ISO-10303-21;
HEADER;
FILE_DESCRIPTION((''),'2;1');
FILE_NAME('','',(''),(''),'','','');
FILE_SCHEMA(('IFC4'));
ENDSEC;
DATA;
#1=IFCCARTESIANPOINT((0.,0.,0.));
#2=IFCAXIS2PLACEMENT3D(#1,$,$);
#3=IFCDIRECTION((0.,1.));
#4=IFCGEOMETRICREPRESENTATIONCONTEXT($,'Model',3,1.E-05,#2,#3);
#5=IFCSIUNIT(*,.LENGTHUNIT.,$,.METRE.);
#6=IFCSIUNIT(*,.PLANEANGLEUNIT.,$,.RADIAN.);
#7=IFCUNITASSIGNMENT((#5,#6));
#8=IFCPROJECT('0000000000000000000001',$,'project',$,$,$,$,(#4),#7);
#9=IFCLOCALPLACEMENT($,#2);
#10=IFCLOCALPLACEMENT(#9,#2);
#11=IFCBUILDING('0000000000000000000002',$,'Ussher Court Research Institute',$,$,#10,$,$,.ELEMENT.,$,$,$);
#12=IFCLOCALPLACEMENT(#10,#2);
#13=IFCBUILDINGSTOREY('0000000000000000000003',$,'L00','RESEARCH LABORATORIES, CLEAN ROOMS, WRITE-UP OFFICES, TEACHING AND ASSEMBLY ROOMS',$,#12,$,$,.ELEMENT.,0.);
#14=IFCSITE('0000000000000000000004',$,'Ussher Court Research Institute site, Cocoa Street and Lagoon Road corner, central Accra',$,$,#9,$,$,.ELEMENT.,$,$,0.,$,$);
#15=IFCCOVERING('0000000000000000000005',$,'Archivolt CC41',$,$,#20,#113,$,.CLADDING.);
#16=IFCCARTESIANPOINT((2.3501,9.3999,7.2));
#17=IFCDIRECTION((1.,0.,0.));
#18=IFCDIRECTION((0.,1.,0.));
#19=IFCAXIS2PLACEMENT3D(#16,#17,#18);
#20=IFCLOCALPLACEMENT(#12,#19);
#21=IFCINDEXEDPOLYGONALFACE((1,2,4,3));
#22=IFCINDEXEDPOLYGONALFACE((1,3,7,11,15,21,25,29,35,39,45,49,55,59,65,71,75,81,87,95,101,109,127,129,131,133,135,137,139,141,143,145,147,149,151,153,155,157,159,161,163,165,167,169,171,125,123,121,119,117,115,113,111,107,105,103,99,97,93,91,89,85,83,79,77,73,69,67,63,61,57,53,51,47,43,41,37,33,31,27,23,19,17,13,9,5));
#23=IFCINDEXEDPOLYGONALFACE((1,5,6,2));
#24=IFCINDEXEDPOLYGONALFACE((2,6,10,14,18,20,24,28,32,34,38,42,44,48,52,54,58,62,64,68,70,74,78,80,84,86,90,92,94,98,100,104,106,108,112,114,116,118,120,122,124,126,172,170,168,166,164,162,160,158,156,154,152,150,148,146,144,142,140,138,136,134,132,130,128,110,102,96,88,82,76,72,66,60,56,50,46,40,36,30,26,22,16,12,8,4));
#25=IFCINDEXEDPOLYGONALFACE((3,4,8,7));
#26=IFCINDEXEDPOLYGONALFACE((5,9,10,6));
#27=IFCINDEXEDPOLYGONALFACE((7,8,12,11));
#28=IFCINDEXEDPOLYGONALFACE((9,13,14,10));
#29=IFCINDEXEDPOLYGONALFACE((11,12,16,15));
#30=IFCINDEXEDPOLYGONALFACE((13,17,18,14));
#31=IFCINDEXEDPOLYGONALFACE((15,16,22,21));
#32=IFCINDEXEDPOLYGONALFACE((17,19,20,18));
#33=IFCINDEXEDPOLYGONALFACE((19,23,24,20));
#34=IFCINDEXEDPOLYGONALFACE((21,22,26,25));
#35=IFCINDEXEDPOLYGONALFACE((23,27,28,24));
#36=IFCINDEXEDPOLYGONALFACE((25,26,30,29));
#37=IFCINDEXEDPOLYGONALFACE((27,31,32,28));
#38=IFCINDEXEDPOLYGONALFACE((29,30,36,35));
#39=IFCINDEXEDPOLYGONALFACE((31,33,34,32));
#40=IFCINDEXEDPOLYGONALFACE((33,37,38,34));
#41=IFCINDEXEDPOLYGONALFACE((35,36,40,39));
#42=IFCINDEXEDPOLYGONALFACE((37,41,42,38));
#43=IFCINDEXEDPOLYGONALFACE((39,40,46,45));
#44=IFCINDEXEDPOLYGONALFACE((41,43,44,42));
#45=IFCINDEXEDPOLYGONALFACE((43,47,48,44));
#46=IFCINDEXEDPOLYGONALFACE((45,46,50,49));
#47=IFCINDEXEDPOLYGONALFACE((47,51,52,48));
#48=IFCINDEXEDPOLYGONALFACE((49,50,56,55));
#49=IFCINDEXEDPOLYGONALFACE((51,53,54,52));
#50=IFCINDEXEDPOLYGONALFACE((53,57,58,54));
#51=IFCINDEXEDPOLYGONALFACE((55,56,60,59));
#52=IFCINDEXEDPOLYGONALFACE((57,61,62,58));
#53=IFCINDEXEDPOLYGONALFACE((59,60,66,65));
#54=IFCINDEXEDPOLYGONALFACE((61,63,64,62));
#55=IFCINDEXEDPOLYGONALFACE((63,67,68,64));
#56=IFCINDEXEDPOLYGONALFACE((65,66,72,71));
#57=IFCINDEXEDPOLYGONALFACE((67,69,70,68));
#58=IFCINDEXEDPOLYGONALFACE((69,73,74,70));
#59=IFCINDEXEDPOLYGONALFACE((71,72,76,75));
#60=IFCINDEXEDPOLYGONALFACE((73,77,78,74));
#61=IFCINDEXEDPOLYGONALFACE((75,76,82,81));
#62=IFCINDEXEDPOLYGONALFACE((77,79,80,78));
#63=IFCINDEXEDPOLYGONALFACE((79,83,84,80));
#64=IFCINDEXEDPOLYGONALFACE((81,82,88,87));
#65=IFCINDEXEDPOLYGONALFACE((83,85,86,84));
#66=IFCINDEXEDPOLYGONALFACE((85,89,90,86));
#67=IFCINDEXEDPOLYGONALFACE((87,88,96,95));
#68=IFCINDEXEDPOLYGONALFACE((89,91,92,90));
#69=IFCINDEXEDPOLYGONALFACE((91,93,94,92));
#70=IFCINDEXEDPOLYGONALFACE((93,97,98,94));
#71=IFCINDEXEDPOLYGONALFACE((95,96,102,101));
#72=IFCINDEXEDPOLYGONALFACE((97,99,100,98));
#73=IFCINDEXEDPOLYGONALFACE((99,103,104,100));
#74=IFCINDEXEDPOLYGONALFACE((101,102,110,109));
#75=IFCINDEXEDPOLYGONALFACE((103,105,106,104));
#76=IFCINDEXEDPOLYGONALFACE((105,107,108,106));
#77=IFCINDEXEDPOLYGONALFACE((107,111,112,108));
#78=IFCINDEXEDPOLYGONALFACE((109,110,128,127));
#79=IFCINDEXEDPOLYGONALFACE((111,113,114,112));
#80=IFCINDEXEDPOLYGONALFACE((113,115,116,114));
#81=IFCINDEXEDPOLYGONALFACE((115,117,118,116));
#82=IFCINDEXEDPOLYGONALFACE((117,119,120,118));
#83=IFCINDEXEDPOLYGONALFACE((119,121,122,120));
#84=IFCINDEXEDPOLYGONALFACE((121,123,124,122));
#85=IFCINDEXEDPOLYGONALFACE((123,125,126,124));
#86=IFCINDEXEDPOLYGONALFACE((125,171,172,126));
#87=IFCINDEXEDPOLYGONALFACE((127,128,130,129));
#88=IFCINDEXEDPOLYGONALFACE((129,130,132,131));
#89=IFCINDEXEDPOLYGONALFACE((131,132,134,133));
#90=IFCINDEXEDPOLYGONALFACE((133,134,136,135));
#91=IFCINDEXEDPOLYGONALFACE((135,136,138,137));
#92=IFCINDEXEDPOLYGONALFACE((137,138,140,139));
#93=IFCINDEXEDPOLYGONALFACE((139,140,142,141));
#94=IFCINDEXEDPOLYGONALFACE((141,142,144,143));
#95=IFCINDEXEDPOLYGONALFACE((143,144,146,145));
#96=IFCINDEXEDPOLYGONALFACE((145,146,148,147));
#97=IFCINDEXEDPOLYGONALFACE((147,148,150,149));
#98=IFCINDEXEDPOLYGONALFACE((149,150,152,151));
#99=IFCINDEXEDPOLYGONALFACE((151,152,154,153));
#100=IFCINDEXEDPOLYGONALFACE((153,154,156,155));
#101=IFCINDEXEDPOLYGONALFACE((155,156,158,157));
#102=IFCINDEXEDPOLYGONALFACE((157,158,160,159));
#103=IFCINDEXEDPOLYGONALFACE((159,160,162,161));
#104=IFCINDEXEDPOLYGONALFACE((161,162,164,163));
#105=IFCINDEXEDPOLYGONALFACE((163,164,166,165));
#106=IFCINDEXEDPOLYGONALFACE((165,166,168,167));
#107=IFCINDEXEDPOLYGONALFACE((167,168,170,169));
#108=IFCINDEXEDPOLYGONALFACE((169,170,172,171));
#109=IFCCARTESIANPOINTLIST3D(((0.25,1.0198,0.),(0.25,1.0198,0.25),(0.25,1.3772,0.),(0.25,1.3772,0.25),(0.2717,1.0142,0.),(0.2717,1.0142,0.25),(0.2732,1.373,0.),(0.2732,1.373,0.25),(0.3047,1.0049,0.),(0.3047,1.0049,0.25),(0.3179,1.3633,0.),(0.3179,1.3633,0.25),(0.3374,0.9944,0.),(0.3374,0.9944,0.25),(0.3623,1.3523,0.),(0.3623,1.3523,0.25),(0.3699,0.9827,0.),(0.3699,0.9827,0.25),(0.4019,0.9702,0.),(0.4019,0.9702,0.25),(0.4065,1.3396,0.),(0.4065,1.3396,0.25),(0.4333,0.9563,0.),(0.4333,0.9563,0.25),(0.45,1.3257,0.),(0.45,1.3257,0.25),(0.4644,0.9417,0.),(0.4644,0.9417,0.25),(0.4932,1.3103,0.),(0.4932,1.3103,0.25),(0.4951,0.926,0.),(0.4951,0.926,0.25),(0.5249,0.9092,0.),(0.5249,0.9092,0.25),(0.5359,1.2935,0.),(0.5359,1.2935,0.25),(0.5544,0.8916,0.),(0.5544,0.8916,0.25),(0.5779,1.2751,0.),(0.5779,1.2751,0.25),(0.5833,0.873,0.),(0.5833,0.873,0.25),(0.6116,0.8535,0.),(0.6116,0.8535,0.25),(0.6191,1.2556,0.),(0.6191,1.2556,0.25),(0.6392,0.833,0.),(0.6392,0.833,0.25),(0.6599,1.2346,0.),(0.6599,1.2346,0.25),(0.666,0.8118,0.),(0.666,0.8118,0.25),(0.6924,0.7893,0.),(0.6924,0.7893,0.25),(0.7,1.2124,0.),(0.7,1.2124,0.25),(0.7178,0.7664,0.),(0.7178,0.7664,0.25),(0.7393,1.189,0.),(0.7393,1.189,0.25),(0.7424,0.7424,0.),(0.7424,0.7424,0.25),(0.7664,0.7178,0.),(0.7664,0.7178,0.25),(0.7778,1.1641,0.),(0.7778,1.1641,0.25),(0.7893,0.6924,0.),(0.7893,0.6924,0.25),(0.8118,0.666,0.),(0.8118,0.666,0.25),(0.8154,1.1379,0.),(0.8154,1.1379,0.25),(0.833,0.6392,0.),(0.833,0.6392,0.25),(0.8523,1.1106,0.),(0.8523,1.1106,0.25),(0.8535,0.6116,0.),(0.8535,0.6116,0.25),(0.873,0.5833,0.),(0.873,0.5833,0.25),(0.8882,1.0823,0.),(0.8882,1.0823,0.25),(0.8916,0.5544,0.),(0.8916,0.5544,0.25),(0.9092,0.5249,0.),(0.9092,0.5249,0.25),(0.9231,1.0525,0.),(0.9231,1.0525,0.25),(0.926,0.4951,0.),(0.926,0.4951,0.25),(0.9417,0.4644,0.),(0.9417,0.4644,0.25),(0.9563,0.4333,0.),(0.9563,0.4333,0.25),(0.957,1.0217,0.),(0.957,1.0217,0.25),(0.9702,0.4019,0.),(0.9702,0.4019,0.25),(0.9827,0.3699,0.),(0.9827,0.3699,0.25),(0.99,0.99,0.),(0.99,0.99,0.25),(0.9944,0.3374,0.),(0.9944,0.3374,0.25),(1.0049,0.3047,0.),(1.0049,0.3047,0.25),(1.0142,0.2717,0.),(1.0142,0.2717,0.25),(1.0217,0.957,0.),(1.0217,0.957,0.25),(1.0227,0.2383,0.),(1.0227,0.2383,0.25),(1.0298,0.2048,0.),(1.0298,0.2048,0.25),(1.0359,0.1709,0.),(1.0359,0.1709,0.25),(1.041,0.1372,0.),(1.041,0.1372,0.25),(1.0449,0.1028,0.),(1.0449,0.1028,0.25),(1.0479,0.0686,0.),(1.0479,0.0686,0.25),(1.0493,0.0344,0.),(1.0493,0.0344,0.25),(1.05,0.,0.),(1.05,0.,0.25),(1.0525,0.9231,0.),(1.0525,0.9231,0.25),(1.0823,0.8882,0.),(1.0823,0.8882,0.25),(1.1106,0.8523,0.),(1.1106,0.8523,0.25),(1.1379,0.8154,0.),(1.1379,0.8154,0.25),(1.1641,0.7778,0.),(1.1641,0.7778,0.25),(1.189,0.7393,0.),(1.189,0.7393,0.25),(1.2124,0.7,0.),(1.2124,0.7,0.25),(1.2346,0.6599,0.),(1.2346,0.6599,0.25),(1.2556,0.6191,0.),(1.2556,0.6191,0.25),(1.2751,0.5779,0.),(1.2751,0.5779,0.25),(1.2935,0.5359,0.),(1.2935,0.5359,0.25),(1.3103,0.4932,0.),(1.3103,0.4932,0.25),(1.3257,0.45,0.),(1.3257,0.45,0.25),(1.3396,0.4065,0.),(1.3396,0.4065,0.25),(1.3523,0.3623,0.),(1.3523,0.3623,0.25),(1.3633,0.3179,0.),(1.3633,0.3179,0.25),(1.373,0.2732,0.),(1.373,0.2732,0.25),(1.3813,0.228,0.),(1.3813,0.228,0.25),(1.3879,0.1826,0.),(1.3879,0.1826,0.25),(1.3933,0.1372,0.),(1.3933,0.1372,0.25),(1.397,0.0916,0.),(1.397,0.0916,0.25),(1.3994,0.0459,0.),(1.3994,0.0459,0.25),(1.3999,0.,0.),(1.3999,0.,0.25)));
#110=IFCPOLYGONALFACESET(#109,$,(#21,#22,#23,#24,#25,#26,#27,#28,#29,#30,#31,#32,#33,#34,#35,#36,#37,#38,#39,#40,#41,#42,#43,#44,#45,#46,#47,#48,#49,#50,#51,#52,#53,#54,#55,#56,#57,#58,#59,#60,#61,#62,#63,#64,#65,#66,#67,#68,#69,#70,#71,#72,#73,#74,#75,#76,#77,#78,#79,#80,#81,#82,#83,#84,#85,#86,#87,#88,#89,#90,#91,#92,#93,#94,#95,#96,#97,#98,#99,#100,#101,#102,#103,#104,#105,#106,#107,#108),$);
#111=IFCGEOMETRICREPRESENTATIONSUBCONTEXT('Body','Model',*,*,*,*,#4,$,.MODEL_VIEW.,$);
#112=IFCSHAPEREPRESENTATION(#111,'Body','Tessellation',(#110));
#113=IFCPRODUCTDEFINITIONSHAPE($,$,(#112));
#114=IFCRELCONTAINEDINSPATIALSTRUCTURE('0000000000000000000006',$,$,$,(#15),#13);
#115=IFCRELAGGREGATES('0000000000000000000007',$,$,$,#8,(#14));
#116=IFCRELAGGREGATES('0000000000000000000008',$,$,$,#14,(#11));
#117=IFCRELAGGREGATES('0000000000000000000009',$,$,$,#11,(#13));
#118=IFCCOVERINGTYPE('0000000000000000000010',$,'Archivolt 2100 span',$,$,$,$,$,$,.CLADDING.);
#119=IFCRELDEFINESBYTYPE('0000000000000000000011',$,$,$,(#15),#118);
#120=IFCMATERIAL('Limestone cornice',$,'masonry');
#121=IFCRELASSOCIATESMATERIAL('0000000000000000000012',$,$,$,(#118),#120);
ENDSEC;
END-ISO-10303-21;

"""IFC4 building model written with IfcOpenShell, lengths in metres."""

from ifc_helpers import new_model, si_unit, direction, frame, origin, place, context, subcontext, project, spatial, polyline, outline, extrude, material, type_object, element, save


model = new_model("IFC4")

# Units and contexts
model_context = context("Model", 3, precision=1e-05, world=origin(), true_north=direction((0.0, 1.0)))
body_context = subcontext(model_context, "Body", "Model", "MODEL_VIEW")
ifc_project = project(units=[si_unit("LENGTHUNIT", "METRE"), si_unit("PLANEANGLEUNIT", "RADIAN")], contexts=[model_context])

# Site, building, storey
site_placement = place(None, origin())
site = spatial("IfcSite", under=ifc_project, at=site_placement, Name="Ussher Court Research Institute site, Cocoa Street and Lagoon Road corner, central Accra", CompositionType="ELEMENT", RefElevation=0.0)
building_placement = place(site_placement, origin())
building = spatial("IfcBuilding", under=site, at=building_placement, Name="Ussher Court Research Institute", CompositionType="ELEMENT")
storey_placement = place(building_placement, origin())
storey = spatial("IfcBuildingStorey", under=building, at=storey_placement, Name="L00", Description="RESEARCH LABORATORIES, CLEAN ROOMS, WRITE-UP OFFICES, TEACHING AND ASSEMBLY ROOMS", CompositionType="ELEMENT", Elevation=0.0)

# Covering
ifc_material_1 = material(Name="Limestone cornice", Category="masonry")
covering_type_1 = type_object("IfcCoveringType", Name="Archivolt 2100 span", PredefinedType="CLADDING", material=ifc_material_1)
covering_1_placement = place(storey_placement, frame((2.3501, 9.3999, 7.2), z_axis=(1.0, 0.0, 0.0), x_axis=(0.0, 1.0, 0.0)))
element("IfcCovering", 1, at=covering_1_placement, inside=storey, type_object=covering_type_1, Name="Archivolt CC41", PredefinedType="CLADDING", context=body_context, shape_type="SweptSolid", body=[
    extrude(outline(polyline([(0.2732, 1.373), (0.25, 1.3772), (0.25, 1.0198), (0.2717, 1.0142), (0.3047, 1.0049), (0.3374, 0.9944), (0.3699, 0.9827), (0.4019, 0.9702), (0.4333, 0.9563), (0.4644, 0.9417), (0.4951, 0.926), (0.5249, 0.9092), (0.5544, 0.8916), (0.5833, 0.873), (0.6116, 0.8535), (0.6392, 0.833), (0.666, 0.8118), (0.6924, 0.7893), (0.7178, 0.7664), (0.7424, 0.7424), (0.7664, 0.7178), (0.7893, 0.6924), (0.8118, 0.666), (0.833, 0.6392), (0.8535, 0.6116), (0.873, 0.5833), (0.8916, 0.5544), (0.9092, 0.5249), (0.926, 0.4951), (0.9417, 0.4644), (0.9563, 0.4333), (0.9702, 0.4019), (0.9827, 0.3699), (0.9944, 0.3374), (1.0049, 0.3047), (1.0142, 0.2717), (1.0227, 0.2383), (1.0298, 0.2048), (1.0359, 0.1709), (1.041, 0.1372), (1.0449, 0.1028), (1.0479, 0.0686), (1.0493, 0.0344), (1.05, 0.0), (1.3999, 0.0), (1.3994, 0.0459), (1.397, 0.0916), (1.3933, 0.1372), (1.3879, 0.1826), (1.3813, 0.228), (1.373, 0.2732), (1.3633, 0.3179), (1.3523, 0.3623), (1.3396, 0.4065), (1.3257, 0.45), (1.3103, 0.4932), (1.2935, 0.5359), (1.2751, 0.5779), (1.2556, 0.6191), (1.2346, 0.6599), (1.2124, 0.7), (1.189, 0.7393), (1.1641, 0.7778), (1.1379, 0.8154), (1.1106, 0.8523), (1.0823, 0.8882), (1.0525, 0.9231), (1.0217, 0.957), (0.99, 0.99), (0.957, 1.0217), (0.9231, 1.0525), (0.8882, 1.0823), (0.8523, 1.1106), (0.8154, 1.1379), (0.7778, 1.1641), (0.7393, 1.189), (0.7, 1.2124), (0.6599, 1.2346), (0.6191, 1.2556), (0.5779, 1.2751), (0.5359, 1.2935), (0.4932, 1.3103), (0.45, 1.3257), (0.4065, 1.3396), (0.3623, 1.3523), (0.3179, 1.3633), (0.2732, 1.373)])), origin(), (0.0, 0.0, 1.0), 0.25),
])

save(model, "model.ifc")
